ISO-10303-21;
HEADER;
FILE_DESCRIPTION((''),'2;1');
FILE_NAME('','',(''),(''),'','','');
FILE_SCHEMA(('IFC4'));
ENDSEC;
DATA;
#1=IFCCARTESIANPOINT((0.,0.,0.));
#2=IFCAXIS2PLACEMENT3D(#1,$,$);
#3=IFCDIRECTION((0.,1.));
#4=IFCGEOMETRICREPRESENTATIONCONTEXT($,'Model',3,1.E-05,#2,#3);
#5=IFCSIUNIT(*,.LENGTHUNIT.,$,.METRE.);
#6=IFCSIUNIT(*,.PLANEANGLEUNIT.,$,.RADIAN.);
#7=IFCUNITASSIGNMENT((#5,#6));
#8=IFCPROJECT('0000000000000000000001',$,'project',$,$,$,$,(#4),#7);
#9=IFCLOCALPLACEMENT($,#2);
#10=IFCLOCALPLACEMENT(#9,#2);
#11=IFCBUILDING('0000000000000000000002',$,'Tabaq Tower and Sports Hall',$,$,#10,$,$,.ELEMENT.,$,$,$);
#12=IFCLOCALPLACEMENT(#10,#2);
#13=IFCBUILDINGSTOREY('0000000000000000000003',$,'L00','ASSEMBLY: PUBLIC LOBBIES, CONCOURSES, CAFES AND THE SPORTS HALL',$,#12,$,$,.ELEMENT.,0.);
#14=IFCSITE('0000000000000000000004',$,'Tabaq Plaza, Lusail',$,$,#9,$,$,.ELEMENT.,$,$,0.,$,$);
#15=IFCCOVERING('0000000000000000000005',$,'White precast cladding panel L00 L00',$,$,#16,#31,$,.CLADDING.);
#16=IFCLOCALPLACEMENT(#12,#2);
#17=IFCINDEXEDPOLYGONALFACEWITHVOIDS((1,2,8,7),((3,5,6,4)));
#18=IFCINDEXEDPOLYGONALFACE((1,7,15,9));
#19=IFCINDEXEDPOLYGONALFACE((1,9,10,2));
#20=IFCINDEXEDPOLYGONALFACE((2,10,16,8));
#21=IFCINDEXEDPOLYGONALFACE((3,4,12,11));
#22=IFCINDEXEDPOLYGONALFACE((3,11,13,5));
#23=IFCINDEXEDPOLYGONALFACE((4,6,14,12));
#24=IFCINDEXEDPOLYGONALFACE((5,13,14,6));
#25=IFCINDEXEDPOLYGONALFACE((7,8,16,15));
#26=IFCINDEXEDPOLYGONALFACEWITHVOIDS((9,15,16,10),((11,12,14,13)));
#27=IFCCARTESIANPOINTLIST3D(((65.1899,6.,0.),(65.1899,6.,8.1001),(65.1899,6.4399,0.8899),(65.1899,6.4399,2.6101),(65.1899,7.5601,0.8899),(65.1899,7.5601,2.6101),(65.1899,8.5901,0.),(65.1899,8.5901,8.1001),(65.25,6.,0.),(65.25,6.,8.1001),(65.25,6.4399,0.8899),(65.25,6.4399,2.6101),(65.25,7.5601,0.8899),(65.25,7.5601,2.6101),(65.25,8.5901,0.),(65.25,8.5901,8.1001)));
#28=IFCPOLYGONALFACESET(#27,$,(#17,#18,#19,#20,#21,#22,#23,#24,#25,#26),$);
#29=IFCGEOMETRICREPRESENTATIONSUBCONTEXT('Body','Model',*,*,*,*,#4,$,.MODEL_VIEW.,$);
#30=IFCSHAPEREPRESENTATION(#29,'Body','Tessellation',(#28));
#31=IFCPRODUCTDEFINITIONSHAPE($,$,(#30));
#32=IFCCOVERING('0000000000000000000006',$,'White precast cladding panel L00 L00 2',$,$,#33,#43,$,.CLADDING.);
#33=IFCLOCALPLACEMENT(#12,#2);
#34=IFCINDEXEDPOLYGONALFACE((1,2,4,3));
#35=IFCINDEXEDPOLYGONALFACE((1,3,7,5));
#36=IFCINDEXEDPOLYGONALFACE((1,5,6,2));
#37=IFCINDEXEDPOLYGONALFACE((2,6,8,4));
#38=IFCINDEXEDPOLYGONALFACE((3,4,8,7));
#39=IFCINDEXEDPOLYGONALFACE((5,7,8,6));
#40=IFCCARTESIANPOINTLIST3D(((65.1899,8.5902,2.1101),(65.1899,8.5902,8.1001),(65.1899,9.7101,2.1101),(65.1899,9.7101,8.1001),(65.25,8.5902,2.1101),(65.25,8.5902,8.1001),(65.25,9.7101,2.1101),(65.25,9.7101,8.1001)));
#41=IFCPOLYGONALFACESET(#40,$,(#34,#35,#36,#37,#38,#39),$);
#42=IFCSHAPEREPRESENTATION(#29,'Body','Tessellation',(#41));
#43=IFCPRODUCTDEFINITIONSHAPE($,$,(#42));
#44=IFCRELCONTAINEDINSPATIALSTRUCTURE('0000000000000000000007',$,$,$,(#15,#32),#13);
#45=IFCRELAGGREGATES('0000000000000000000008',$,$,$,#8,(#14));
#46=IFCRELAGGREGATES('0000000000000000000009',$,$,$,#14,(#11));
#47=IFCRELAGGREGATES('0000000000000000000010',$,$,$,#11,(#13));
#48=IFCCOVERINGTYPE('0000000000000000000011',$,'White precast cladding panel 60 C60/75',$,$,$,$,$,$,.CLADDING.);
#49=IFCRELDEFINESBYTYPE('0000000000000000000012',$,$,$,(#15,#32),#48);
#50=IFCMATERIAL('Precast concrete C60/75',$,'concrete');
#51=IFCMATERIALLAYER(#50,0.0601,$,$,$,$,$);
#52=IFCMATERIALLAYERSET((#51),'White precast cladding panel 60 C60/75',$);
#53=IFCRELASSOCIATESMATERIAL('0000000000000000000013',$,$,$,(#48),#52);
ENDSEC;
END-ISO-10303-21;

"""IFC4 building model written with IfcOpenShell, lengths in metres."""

from ifc_helpers import new_model, si_unit, direction, frame, frame_2d, origin, place, context, subcontext, project, spatial, polyline, rectangle, outline, extrude, material, layer, layer_set, type_object, element, save


model = new_model("IFC4")

# Units and contexts
model_context = context("Model", 3, precision=1e-05, world=origin(), true_north=direction((0.0, 1.0)))
body_context = subcontext(model_context, "Body", "Model", "MODEL_VIEW")
ifc_project = project(units=[si_unit("LENGTHUNIT", "METRE"), si_unit("PLANEANGLEUNIT", "RADIAN")], contexts=[model_context])

# Site, building, storey
site_placement = place(None, origin())
site = spatial("IfcSite", under=ifc_project, at=site_placement, Name="Tabaq Plaza, Lusail", CompositionType="ELEMENT", RefElevation=0.0)
building_placement = place(site_placement, origin())
building = spatial("IfcBuilding", under=site, at=building_placement, Name="Tabaq Tower and Sports Hall", CompositionType="ELEMENT")
storey_placement = place(building_placement, origin())
storey = spatial("IfcBuildingStorey", under=building, at=storey_placement, Name="L00", Description="ASSEMBLY: PUBLIC LOBBIES, CONCOURSES, CAFES AND THE SPORTS HALL", CompositionType="ELEMENT", Elevation=0.0)

# Coverings
ifc_material_1 = material(Name="Precast concrete C60/75", Category="concrete")
ifc_layer_1 = layer(ifc_material_1, 0.0601)
ifc_layer_set_1 = layer_set([ifc_layer_1], Name="White precast cladding panel 60 C60/75")
covering_type = type_object("IfcCoveringType", Name="White precast cladding panel 60 C60/75", PredefinedType="CLADDING", material=ifc_layer_set_1)
covering_1_placement = place(storey_placement, frame((65.22, 6.0, 0.0), z_axis=(0.0, 0.0, 1.0), x_axis=(0.0, 1.0, 0.0)))
element("IfcCovering", 1, at=covering_1_placement, inside=storey, type_object=covering_type, Name="White precast cladding panel L00 L00", PredefinedType="CLADDING", context=body_context, shape_type="SweptSolid", body=[
    extrude(outline(polyline([(0.0, 0.0), (2.5901, 0.0), (2.5901, 8.1001), (0.0, 8.1001), (0.0, 0.0)]), holes=[polyline([(0.4399, 0.8899), (0.4399, 2.6101), (1.5601, 2.6101), (1.5601, 0.8899), (0.4399, 0.8899)])]), frame((0.0, 0.03, 0.0), z_axis=(0.0, -1.0, 0.0), x_axis=(1.0, 0.0, 0.0)), (0.0, 0.0, 1.0), 0.0601),
])
covering_2_placement = place(storey_placement, frame((65.22, 8.5901, 2.1101), z_axis=(0.0, 0.0, 1.0), x_axis=(0.0, 1.0, 0.0)))
element("IfcCovering", 2, at=covering_2_placement, inside=storey, type_object=covering_type, Name="White precast cladding panel L00 L00 2", PredefinedType="CLADDING", context=body_context, shape_type="SweptSolid", body=[
    extrude(rectangle(XDim=1.1199, YDim=0.0601, at=frame_2d((0.5601, 0.0))), origin(), (0.0, 0.0, 1.0), 5.99),
])

save(model, "model.ifc")
